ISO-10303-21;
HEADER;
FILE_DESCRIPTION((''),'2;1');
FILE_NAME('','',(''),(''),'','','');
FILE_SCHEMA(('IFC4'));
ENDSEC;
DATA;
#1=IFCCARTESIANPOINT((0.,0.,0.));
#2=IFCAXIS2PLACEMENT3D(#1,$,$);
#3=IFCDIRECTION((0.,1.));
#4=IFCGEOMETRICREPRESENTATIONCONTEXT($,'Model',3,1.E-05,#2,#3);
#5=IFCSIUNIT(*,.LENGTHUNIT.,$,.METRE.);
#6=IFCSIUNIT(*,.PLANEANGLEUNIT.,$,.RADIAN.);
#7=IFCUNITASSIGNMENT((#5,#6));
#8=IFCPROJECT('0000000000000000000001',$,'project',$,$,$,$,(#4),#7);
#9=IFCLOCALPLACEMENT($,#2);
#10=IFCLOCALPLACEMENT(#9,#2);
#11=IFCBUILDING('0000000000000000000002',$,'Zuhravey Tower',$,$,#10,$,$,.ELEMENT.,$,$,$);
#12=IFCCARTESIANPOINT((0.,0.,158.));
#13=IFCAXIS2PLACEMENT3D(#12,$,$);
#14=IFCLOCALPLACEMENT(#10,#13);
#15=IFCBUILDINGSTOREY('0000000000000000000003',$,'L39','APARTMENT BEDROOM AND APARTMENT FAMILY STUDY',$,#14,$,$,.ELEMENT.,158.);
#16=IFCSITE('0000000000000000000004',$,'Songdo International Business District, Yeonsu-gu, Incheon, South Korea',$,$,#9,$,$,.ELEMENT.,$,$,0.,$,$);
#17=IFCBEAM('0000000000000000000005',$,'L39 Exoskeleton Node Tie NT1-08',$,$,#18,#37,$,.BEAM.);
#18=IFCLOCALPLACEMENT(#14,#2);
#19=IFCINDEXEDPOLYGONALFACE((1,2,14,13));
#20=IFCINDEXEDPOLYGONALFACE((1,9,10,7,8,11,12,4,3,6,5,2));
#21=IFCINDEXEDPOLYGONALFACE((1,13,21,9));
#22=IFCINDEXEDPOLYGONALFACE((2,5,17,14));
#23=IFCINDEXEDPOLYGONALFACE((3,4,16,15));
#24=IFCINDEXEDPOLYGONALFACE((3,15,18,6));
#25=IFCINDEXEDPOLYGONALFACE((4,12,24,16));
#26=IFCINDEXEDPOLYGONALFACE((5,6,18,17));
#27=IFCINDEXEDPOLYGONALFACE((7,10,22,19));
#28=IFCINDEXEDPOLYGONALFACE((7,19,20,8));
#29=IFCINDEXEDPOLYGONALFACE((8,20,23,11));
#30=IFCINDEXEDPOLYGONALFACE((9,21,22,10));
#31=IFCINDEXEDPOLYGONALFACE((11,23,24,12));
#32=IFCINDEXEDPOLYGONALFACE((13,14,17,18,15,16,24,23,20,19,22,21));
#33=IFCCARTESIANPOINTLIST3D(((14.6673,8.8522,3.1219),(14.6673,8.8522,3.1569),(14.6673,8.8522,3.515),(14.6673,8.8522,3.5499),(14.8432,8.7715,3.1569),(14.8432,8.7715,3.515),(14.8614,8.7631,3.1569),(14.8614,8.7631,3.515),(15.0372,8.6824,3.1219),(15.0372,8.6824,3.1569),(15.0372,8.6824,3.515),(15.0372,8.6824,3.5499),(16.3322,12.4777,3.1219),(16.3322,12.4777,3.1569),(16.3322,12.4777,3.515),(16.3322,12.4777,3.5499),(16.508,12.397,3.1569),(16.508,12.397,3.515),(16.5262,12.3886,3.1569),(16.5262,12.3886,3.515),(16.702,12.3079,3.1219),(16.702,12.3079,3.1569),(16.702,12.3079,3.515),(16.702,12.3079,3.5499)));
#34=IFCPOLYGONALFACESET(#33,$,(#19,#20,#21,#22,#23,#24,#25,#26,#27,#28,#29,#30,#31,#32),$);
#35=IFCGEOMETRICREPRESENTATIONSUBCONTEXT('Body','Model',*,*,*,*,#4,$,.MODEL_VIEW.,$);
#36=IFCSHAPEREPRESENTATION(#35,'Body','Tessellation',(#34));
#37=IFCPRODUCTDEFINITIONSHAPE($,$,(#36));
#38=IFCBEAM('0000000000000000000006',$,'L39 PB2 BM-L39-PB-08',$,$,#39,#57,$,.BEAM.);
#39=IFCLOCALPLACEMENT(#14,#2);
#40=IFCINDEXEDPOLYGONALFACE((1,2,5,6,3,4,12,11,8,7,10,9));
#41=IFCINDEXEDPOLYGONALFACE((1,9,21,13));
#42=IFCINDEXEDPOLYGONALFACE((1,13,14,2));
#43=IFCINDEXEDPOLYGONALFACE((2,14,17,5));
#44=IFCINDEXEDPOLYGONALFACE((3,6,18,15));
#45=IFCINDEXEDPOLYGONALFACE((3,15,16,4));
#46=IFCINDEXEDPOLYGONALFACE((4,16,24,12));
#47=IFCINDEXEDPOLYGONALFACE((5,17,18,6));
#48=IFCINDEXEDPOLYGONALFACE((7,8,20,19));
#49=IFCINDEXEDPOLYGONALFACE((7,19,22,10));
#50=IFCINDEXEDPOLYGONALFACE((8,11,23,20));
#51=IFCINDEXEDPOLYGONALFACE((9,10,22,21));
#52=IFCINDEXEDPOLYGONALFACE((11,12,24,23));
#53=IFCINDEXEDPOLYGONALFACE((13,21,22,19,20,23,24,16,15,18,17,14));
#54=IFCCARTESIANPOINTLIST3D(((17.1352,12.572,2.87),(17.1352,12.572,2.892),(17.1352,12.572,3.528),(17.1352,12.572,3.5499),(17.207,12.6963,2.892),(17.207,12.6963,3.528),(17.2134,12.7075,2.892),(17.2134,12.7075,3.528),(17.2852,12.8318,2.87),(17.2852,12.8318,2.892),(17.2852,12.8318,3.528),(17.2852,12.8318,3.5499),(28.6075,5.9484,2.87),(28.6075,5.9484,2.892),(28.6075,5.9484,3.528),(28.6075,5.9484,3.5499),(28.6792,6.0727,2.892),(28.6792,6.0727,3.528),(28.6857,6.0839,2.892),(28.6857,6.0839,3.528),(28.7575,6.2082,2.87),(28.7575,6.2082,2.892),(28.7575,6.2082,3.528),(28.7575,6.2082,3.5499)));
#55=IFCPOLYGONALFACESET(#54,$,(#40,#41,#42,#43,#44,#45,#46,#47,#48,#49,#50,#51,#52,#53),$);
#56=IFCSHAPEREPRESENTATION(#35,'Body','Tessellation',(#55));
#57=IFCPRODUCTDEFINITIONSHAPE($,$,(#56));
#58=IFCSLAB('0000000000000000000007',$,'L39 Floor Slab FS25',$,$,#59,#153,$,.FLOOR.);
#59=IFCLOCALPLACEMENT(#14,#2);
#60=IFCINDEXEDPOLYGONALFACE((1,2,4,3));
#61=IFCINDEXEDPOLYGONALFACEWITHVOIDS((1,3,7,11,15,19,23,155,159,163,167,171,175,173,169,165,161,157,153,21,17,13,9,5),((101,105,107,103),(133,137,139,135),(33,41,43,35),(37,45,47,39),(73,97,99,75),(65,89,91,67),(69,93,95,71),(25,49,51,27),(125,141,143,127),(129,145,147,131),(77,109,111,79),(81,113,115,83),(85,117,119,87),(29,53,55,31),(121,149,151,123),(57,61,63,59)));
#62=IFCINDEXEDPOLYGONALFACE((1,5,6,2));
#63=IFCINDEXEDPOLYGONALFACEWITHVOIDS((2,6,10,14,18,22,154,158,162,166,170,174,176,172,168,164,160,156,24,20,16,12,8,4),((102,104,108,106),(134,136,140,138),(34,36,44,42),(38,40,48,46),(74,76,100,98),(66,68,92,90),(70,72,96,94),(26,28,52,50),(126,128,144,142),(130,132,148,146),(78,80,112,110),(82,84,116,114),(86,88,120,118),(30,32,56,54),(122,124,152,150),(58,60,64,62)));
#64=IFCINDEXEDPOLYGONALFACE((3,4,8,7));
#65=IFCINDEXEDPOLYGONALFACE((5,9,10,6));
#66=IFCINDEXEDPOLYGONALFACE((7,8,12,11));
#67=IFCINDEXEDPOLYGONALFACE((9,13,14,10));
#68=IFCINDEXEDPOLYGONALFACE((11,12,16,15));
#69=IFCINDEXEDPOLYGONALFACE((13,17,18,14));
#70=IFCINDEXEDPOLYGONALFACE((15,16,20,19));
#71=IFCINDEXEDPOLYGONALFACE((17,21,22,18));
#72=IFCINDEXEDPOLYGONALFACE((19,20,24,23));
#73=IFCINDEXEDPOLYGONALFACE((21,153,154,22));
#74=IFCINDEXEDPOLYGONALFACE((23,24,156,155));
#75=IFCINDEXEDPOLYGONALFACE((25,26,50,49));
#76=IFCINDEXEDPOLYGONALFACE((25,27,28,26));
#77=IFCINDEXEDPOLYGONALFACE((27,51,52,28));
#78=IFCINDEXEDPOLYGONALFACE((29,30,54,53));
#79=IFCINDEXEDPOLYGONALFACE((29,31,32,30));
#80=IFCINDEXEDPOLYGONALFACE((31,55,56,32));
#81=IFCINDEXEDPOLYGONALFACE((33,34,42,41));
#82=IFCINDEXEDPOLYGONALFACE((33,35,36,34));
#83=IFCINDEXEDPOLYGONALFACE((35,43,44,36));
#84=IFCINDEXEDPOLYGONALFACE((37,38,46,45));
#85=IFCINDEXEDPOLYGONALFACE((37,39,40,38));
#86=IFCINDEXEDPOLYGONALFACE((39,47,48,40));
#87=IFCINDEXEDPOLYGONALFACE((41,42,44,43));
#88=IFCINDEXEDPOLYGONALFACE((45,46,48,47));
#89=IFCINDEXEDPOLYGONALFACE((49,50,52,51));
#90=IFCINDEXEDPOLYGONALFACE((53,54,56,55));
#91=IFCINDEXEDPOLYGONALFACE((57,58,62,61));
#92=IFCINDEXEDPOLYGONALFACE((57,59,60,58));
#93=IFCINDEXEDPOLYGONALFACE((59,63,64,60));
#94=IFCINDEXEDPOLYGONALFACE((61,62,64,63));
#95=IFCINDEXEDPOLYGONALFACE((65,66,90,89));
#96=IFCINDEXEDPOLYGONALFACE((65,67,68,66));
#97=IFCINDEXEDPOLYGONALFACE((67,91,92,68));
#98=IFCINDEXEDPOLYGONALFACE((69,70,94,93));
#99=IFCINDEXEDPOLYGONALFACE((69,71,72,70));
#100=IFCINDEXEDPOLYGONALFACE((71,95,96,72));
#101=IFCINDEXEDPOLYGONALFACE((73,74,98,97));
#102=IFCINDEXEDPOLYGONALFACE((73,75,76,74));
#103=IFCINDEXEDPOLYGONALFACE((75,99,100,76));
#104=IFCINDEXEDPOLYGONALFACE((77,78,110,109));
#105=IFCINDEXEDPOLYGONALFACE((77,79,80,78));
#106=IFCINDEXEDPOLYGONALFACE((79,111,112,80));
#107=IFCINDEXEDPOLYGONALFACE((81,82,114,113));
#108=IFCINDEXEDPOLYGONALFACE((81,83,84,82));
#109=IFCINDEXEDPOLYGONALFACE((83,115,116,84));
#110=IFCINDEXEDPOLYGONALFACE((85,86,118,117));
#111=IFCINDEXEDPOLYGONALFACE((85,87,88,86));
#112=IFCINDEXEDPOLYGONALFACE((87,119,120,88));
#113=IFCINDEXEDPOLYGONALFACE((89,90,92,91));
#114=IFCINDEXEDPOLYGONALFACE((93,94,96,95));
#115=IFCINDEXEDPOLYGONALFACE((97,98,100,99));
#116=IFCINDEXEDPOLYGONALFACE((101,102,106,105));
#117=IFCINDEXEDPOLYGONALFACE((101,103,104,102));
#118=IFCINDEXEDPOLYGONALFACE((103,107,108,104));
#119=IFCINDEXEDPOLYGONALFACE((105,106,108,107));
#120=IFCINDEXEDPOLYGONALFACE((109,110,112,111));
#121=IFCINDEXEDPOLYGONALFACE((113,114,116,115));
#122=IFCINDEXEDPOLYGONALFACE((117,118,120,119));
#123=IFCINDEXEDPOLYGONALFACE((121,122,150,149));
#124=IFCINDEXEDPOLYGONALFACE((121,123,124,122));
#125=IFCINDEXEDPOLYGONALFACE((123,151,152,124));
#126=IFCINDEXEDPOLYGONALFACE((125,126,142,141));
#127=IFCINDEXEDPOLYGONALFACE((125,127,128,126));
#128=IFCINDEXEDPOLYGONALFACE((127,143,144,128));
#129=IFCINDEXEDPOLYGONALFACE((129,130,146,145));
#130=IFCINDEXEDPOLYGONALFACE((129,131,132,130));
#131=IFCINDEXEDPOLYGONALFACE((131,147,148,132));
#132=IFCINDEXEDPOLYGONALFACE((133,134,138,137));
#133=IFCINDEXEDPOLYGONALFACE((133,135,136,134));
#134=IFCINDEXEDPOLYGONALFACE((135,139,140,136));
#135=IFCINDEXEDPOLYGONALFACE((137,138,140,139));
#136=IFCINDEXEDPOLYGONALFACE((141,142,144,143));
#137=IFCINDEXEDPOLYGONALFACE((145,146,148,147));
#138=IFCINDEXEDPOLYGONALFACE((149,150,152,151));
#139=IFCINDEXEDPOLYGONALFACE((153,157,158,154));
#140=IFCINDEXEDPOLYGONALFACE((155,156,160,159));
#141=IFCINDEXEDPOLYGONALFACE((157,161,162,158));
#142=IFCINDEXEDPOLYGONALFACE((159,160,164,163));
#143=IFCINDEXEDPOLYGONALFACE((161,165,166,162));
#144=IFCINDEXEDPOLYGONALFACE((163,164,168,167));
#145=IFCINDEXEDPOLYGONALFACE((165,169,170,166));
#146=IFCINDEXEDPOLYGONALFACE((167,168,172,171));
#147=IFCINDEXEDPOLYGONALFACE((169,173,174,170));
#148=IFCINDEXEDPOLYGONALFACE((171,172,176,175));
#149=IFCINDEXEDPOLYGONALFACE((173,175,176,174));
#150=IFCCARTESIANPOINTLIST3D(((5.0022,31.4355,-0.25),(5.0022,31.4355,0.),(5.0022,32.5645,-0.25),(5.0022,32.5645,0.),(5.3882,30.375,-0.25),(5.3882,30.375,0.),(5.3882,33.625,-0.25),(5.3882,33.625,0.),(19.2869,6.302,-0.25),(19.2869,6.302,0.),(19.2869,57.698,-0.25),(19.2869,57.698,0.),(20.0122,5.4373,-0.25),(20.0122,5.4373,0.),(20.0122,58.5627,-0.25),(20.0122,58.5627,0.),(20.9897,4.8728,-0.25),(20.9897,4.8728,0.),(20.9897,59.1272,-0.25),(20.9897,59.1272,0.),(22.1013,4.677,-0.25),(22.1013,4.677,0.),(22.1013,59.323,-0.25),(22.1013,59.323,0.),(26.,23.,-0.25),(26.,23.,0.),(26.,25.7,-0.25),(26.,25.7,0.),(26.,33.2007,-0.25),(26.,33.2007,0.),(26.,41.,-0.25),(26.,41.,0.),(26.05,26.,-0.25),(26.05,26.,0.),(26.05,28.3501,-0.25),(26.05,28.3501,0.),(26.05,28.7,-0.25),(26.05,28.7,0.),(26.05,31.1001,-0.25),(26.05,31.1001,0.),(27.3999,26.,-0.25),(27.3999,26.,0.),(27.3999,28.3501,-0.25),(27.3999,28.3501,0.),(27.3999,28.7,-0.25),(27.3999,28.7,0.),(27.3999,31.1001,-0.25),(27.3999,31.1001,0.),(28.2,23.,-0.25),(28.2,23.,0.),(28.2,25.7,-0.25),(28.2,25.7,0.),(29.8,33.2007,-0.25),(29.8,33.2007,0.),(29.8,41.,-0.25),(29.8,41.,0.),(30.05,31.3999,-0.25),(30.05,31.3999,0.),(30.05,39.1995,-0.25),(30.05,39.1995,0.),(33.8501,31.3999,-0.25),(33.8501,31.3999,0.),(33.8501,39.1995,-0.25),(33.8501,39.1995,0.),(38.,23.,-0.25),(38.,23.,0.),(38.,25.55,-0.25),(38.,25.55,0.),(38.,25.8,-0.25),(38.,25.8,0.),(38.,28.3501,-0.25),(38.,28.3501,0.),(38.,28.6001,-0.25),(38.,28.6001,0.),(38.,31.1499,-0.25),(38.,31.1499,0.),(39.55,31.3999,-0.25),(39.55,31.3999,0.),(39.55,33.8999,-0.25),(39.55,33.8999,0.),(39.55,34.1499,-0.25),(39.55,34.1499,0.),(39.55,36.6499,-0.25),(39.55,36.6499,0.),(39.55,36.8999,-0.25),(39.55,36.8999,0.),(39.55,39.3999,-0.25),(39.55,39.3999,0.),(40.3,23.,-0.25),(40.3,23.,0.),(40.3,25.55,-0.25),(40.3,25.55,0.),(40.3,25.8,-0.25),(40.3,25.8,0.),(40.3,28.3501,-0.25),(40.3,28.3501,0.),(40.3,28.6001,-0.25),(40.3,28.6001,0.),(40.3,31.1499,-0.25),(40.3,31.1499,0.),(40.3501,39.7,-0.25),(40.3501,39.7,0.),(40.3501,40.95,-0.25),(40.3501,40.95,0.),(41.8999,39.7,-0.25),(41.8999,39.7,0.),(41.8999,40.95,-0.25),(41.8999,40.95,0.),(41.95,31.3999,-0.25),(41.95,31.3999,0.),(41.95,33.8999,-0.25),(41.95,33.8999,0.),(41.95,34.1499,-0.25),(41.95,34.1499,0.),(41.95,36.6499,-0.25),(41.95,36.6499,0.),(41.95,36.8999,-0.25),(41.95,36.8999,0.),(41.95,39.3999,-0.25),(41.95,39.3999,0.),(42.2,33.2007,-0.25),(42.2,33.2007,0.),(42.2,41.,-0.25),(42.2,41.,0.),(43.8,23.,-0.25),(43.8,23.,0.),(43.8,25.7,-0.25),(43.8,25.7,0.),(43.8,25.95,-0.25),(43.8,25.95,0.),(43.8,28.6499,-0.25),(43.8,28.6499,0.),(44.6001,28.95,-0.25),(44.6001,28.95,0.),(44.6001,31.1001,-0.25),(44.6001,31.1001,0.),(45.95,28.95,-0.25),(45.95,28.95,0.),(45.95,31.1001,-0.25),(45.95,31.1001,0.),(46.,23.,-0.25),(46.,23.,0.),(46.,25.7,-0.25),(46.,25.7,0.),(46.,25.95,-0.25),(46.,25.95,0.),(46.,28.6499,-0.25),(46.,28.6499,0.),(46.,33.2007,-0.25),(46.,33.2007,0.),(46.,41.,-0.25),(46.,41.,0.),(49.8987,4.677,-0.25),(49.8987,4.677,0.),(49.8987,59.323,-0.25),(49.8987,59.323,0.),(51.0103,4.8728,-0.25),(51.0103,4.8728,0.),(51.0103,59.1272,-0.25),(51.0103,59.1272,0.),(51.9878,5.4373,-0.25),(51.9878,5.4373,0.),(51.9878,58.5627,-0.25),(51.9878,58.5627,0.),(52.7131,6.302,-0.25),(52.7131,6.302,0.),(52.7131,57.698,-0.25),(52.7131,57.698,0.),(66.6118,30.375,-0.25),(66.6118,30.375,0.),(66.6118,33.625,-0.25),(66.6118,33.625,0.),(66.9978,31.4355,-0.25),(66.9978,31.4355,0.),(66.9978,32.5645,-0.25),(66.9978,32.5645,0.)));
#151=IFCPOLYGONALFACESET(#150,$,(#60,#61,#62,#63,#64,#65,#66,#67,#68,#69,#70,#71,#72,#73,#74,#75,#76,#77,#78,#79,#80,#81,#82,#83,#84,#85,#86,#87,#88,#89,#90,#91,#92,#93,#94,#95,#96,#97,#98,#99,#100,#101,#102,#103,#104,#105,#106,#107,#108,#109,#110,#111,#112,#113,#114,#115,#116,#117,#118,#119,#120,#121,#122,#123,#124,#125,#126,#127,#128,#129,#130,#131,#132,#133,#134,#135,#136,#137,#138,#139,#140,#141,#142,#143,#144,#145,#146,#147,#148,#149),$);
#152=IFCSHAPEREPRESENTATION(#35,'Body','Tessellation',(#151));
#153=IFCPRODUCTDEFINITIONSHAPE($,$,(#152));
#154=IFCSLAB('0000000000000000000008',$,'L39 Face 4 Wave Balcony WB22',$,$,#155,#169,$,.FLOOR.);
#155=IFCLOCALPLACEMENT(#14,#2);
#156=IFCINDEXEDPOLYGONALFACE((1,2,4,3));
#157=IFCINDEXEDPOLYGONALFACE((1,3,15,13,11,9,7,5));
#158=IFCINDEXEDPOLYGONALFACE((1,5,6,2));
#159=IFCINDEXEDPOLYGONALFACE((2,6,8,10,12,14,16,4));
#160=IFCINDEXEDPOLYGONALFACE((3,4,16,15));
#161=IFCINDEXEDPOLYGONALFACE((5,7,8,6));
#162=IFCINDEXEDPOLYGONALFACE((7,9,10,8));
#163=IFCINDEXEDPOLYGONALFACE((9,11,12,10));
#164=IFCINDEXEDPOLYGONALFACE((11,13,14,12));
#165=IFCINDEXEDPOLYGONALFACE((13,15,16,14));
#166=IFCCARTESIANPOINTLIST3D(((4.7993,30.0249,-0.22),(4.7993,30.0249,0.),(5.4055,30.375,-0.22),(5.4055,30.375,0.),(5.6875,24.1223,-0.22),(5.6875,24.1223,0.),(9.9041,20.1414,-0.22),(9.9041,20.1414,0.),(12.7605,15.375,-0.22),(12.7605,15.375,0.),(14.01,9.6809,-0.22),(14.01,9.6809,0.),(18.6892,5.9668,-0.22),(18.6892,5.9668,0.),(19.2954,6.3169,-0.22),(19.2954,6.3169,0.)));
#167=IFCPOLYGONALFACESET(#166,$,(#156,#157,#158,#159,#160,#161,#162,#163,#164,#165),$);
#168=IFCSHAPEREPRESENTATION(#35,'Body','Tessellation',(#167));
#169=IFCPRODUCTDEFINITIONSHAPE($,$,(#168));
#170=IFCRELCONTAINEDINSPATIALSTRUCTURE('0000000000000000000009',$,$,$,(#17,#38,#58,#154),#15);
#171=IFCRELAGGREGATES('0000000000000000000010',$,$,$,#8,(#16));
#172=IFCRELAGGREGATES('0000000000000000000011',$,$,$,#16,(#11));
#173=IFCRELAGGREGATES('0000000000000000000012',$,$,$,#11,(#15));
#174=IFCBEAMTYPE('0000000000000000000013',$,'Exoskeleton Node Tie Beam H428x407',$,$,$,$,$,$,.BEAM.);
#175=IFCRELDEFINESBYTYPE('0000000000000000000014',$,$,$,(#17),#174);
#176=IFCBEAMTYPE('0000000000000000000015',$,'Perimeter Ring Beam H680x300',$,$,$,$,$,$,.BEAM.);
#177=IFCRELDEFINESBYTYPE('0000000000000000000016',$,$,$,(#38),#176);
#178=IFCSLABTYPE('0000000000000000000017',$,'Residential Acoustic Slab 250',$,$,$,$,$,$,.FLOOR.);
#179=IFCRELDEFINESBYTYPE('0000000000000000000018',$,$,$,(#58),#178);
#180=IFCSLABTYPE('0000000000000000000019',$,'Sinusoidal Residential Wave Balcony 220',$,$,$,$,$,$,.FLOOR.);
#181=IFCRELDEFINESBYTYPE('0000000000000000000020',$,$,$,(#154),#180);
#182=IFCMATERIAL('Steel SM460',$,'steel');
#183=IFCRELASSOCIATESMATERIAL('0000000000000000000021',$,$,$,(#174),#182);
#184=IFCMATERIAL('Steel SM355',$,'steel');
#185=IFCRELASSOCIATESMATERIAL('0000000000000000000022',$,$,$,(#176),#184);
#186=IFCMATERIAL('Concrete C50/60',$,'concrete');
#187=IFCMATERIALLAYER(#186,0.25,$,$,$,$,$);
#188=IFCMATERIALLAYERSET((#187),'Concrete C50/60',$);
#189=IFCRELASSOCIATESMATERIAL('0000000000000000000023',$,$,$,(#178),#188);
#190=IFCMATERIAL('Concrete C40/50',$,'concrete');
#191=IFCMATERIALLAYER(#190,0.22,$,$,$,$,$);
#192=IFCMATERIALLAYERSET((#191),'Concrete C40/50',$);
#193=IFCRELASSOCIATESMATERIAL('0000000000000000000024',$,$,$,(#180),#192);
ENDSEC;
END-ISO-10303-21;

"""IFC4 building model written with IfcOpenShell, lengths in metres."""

from ifc_helpers import new_model, si_unit, direction, frame, origin, origin_2d, place, context, subcontext, project, spatial, polyline, i_section, outline, extrude, material, layer, layer_set, material_profile, profile_set, type_object, element, save


model = new_model("IFC4")

# Units and contexts
model_context = context("Model", 3, precision=1e-05, world=origin(), true_north=direction((0.0, 1.0)))
body_context = subcontext(model_context, "Body", "Model", "MODEL_VIEW")
ifc_project = project(units=[si_unit("LENGTHUNIT", "METRE"), si_unit("PLANEANGLEUNIT", "RADIAN")], contexts=[model_context])

# Site, building, storey
site_placement = place(None, origin())
site = spatial("IfcSite", under=ifc_project, at=site_placement, Name="Songdo International Business District, Yeonsu-gu, Incheon, South Korea", CompositionType="ELEMENT", RefElevation=0.0)
building_placement = place(site_placement, origin())
building = spatial("IfcBuilding", under=site, at=building_placement, Name="Zuhravey Tower", CompositionType="ELEMENT")
storey_placement = place(building_placement, frame((0.0, 0.0, 158.0)))
storey = spatial("IfcBuildingStorey", under=building, at=storey_placement, Name="L39", Description="APARTMENT BEDROOM AND APARTMENT FAMILY STUDY", CompositionType="ELEMENT", Elevation=158.0)

# Beams
ifc_material_1 = material(Name="Steel SM460", Category="steel")
ifc_material_profile_1 = material_profile(ifc_material_1, i_section(OverallWidth=0.407, OverallDepth=0.428, WebThickness=0.02, FlangeThickness=0.0349, at=origin_2d()), Name="H-428x407x20x35")
ifc_profile_set_1 = profile_set([ifc_material_profile_1], Name="Steel SM460")
beam_type_1 = type_object("IfcBeamType", Name="Exoskeleton Node Tie Beam H428x407", PredefinedType="BEAM", material=ifc_profile_set_1)
beam_1_placement = place(storey_placement, frame((16.5171, 12.3928, 3.3359), z_axis=(-0.417299, -0.908769, 0.0), x_axis=(0.908769, -0.417299, 0.0)))
element("IfcBeam", 1, at=beam_1_placement, inside=storey, type_object=beam_type_1, Name="L39 Exoskeleton Node Tie NT1-08", PredefinedType="BEAM", context=body_context, shape_type="SweptSolid", body=[
    extrude(i_section(OverallWidth=0.407, OverallDepth=0.428, WebThickness=0.02, FlangeThickness=0.0349, at=origin_2d()), origin(), (0.0, 0.0, 1.0), 3.9895),
])
ifc_material_2 = material(Name="Steel SM355", Category="steel")
ifc_material_profile_2 = material_profile(ifc_material_2, i_section(OverallWidth=0.3, OverallDepth=0.6799, WebThickness=0.0129, FlangeThickness=0.022, at=origin_2d()), Name="H-680x300x13x22")
ifc_profile_set_2 = profile_set([ifc_material_profile_2], Name="Steel SM355")
beam_type_2 = type_object("IfcBeamType", Name="Perimeter Ring Beam H680x300", PredefinedType="BEAM", material=ifc_profile_set_2)
beam_2_placement = place(storey_placement, frame((17.2102, 12.7019, 3.21), z_axis=(0.866023, -0.500004, 0.0), x_axis=(0.500004, 0.866023, 0.0)))
element("IfcBeam", 2, at=beam_2_placement, inside=storey, type_object=beam_type_2, Name="L39 PB2 BM-L39-PB-08", PredefinedType="BEAM", context=body_context, shape_type="SweptSolid", body=[
    extrude(i_section(OverallWidth=0.3, OverallDepth=0.6799, WebThickness=0.0129, FlangeThickness=0.022, at=origin_2d()), origin(), (0.0, 0.0, 1.0), 13.2471),
])

# Slabs
ifc_material_3 = material(Name="Concrete C50/60", Category="concrete")
ifc_layer_1 = layer(ifc_material_3, 0.25)
ifc_layer_set_1 = layer_set([ifc_layer_1], Name="Concrete C50/60")
slab_type_1 = type_object("IfcSlabType", Name="Residential Acoustic Slab 250", PredefinedType="FLOOR", material=ifc_layer_set_1)
slab_1_placement = place(storey_placement, frame((0.0, 0.0, -0.25)))
element("IfcSlab", 3, at=slab_1_placement, inside=storey, type_object=slab_type_1, Name="L39 Floor Slab FS25", PredefinedType="FLOOR", context=body_context, shape_type="SweptSolid", body=[
    extrude(outline(polyline([(66.6118, 30.375), (66.9978, 31.4355), (66.9978, 32.5645), (66.6118, 33.625), (52.7131, 57.698), (51.9878, 58.5627), (51.0103, 59.1272), (49.8987, 59.323), (22.1013, 59.323), (20.9897, 59.1272), (20.0122, 58.5627), (19.2869, 57.698), (5.3882, 33.625), (5.0022, 32.5645), (5.0022, 31.4355), (5.3882, 30.375), (19.2869, 6.302), (20.0122, 5.4373), (20.9897, 4.8728), (22.1013, 4.677), (49.8987, 4.677), (51.0103, 4.8728), (51.9878, 5.4373), (52.7131, 6.302), (66.6118, 30.375)]), holes=[polyline([(29.8, 33.2007), (29.8, 41.0), (26.0, 41.0), (26.0, 33.2007), (29.8, 33.2007)]), polyline([(46.0, 33.2007), (46.0, 41.0), (42.2, 41.0), (42.2, 33.2007), (46.0, 33.2007)]), polyline([(30.05, 39.1995), (30.05, 31.3999), (33.8501, 31.3999), (33.8501, 39.1995), (30.05, 39.1995)]), polyline([(38.0, 23.0), (40.3, 23.0), (40.3, 25.55), (38.0, 25.55), (38.0, 23.0)]), polyline([(38.0, 25.8), (40.3, 25.8), (40.3, 28.3501), (38.0, 28.3501), (38.0, 25.8)]), polyline([(38.0, 28.6001), (40.3, 28.6001), (40.3, 31.1499), (38.0, 31.1499), (38.0, 28.6001)]), polyline([(39.55, 31.3999), (41.95, 31.3999), (41.95, 33.8999), (39.55, 33.8999), (39.55, 31.3999)]), polyline([(39.55, 34.1499), (41.95, 34.1499), (41.95, 36.6499), (39.55, 36.6499), (39.55, 34.1499)]), polyline([(39.55, 36.8999), (41.95, 36.8999), (41.95, 39.3999), (39.55, 39.3999), (39.55, 36.8999)]), polyline([(26.0, 23.0), (28.2, 23.0), (28.2, 25.7), (26.0, 25.7), (26.0, 23.0)]), polyline([(43.8, 23.0), (46.0, 23.0), (46.0, 25.7), (43.8, 25.7), (43.8, 23.0)]), polyline([(43.8, 25.95), (46.0, 25.95), (46.0, 28.6499), (43.8, 28.6499), (43.8, 25.95)]), polyline([(26.05, 26.0), (27.3999, 26.0), (27.3999, 28.3501), (26.05, 28.3501), (26.05, 26.0)]), polyline([(26.05, 28.7), (27.3999, 28.7), (27.3999, 31.1001), (26.05, 31.1001), (26.05, 28.7)]), polyline([(44.6001, 28.95), (45.95, 28.95), (45.95, 31.1001), (44.6001, 31.1001), (44.6001, 28.95)]), polyline([(40.3501, 39.7), (41.8999, 39.7), (41.8999, 40.95), (40.3501, 40.95), (40.3501, 39.7)])]), origin(), (0.0, 0.0, 1.0), 0.25),
])
ifc_material_4 = material(Name="Concrete C40/50", Category="concrete")
ifc_layer_2 = layer(ifc_material_4, 0.22)
ifc_layer_set_2 = layer_set([ifc_layer_2], Name="Concrete C40/50")
slab_type_2 = type_object("IfcSlabType", Name="Sinusoidal Residential Wave Balcony 220", PredefinedType="FLOOR", material=ifc_layer_set_2)
slab_2_placement = place(storey_placement, frame((0.0, 0.0, -0.22)))
element("IfcSlab", 4, at=slab_2_placement, inside=storey, type_object=slab_type_2, Name="L39 Face 4 Wave Balcony WB22", PredefinedType="FLOOR", context=body_context, shape_type="SweptSolid", body=[
    extrude(outline(polyline([(5.4055, 30.375), (19.2954, 6.3169), (18.6892, 5.9668), (14.01, 9.6809), (12.7605, 15.375), (9.9041, 20.1414), (5.6875, 24.1223), (4.7993, 30.0249), (5.4055, 30.375)])), origin(), (0.0, 0.0, 1.0), 0.22),
])

save(model, "model.ifc")
